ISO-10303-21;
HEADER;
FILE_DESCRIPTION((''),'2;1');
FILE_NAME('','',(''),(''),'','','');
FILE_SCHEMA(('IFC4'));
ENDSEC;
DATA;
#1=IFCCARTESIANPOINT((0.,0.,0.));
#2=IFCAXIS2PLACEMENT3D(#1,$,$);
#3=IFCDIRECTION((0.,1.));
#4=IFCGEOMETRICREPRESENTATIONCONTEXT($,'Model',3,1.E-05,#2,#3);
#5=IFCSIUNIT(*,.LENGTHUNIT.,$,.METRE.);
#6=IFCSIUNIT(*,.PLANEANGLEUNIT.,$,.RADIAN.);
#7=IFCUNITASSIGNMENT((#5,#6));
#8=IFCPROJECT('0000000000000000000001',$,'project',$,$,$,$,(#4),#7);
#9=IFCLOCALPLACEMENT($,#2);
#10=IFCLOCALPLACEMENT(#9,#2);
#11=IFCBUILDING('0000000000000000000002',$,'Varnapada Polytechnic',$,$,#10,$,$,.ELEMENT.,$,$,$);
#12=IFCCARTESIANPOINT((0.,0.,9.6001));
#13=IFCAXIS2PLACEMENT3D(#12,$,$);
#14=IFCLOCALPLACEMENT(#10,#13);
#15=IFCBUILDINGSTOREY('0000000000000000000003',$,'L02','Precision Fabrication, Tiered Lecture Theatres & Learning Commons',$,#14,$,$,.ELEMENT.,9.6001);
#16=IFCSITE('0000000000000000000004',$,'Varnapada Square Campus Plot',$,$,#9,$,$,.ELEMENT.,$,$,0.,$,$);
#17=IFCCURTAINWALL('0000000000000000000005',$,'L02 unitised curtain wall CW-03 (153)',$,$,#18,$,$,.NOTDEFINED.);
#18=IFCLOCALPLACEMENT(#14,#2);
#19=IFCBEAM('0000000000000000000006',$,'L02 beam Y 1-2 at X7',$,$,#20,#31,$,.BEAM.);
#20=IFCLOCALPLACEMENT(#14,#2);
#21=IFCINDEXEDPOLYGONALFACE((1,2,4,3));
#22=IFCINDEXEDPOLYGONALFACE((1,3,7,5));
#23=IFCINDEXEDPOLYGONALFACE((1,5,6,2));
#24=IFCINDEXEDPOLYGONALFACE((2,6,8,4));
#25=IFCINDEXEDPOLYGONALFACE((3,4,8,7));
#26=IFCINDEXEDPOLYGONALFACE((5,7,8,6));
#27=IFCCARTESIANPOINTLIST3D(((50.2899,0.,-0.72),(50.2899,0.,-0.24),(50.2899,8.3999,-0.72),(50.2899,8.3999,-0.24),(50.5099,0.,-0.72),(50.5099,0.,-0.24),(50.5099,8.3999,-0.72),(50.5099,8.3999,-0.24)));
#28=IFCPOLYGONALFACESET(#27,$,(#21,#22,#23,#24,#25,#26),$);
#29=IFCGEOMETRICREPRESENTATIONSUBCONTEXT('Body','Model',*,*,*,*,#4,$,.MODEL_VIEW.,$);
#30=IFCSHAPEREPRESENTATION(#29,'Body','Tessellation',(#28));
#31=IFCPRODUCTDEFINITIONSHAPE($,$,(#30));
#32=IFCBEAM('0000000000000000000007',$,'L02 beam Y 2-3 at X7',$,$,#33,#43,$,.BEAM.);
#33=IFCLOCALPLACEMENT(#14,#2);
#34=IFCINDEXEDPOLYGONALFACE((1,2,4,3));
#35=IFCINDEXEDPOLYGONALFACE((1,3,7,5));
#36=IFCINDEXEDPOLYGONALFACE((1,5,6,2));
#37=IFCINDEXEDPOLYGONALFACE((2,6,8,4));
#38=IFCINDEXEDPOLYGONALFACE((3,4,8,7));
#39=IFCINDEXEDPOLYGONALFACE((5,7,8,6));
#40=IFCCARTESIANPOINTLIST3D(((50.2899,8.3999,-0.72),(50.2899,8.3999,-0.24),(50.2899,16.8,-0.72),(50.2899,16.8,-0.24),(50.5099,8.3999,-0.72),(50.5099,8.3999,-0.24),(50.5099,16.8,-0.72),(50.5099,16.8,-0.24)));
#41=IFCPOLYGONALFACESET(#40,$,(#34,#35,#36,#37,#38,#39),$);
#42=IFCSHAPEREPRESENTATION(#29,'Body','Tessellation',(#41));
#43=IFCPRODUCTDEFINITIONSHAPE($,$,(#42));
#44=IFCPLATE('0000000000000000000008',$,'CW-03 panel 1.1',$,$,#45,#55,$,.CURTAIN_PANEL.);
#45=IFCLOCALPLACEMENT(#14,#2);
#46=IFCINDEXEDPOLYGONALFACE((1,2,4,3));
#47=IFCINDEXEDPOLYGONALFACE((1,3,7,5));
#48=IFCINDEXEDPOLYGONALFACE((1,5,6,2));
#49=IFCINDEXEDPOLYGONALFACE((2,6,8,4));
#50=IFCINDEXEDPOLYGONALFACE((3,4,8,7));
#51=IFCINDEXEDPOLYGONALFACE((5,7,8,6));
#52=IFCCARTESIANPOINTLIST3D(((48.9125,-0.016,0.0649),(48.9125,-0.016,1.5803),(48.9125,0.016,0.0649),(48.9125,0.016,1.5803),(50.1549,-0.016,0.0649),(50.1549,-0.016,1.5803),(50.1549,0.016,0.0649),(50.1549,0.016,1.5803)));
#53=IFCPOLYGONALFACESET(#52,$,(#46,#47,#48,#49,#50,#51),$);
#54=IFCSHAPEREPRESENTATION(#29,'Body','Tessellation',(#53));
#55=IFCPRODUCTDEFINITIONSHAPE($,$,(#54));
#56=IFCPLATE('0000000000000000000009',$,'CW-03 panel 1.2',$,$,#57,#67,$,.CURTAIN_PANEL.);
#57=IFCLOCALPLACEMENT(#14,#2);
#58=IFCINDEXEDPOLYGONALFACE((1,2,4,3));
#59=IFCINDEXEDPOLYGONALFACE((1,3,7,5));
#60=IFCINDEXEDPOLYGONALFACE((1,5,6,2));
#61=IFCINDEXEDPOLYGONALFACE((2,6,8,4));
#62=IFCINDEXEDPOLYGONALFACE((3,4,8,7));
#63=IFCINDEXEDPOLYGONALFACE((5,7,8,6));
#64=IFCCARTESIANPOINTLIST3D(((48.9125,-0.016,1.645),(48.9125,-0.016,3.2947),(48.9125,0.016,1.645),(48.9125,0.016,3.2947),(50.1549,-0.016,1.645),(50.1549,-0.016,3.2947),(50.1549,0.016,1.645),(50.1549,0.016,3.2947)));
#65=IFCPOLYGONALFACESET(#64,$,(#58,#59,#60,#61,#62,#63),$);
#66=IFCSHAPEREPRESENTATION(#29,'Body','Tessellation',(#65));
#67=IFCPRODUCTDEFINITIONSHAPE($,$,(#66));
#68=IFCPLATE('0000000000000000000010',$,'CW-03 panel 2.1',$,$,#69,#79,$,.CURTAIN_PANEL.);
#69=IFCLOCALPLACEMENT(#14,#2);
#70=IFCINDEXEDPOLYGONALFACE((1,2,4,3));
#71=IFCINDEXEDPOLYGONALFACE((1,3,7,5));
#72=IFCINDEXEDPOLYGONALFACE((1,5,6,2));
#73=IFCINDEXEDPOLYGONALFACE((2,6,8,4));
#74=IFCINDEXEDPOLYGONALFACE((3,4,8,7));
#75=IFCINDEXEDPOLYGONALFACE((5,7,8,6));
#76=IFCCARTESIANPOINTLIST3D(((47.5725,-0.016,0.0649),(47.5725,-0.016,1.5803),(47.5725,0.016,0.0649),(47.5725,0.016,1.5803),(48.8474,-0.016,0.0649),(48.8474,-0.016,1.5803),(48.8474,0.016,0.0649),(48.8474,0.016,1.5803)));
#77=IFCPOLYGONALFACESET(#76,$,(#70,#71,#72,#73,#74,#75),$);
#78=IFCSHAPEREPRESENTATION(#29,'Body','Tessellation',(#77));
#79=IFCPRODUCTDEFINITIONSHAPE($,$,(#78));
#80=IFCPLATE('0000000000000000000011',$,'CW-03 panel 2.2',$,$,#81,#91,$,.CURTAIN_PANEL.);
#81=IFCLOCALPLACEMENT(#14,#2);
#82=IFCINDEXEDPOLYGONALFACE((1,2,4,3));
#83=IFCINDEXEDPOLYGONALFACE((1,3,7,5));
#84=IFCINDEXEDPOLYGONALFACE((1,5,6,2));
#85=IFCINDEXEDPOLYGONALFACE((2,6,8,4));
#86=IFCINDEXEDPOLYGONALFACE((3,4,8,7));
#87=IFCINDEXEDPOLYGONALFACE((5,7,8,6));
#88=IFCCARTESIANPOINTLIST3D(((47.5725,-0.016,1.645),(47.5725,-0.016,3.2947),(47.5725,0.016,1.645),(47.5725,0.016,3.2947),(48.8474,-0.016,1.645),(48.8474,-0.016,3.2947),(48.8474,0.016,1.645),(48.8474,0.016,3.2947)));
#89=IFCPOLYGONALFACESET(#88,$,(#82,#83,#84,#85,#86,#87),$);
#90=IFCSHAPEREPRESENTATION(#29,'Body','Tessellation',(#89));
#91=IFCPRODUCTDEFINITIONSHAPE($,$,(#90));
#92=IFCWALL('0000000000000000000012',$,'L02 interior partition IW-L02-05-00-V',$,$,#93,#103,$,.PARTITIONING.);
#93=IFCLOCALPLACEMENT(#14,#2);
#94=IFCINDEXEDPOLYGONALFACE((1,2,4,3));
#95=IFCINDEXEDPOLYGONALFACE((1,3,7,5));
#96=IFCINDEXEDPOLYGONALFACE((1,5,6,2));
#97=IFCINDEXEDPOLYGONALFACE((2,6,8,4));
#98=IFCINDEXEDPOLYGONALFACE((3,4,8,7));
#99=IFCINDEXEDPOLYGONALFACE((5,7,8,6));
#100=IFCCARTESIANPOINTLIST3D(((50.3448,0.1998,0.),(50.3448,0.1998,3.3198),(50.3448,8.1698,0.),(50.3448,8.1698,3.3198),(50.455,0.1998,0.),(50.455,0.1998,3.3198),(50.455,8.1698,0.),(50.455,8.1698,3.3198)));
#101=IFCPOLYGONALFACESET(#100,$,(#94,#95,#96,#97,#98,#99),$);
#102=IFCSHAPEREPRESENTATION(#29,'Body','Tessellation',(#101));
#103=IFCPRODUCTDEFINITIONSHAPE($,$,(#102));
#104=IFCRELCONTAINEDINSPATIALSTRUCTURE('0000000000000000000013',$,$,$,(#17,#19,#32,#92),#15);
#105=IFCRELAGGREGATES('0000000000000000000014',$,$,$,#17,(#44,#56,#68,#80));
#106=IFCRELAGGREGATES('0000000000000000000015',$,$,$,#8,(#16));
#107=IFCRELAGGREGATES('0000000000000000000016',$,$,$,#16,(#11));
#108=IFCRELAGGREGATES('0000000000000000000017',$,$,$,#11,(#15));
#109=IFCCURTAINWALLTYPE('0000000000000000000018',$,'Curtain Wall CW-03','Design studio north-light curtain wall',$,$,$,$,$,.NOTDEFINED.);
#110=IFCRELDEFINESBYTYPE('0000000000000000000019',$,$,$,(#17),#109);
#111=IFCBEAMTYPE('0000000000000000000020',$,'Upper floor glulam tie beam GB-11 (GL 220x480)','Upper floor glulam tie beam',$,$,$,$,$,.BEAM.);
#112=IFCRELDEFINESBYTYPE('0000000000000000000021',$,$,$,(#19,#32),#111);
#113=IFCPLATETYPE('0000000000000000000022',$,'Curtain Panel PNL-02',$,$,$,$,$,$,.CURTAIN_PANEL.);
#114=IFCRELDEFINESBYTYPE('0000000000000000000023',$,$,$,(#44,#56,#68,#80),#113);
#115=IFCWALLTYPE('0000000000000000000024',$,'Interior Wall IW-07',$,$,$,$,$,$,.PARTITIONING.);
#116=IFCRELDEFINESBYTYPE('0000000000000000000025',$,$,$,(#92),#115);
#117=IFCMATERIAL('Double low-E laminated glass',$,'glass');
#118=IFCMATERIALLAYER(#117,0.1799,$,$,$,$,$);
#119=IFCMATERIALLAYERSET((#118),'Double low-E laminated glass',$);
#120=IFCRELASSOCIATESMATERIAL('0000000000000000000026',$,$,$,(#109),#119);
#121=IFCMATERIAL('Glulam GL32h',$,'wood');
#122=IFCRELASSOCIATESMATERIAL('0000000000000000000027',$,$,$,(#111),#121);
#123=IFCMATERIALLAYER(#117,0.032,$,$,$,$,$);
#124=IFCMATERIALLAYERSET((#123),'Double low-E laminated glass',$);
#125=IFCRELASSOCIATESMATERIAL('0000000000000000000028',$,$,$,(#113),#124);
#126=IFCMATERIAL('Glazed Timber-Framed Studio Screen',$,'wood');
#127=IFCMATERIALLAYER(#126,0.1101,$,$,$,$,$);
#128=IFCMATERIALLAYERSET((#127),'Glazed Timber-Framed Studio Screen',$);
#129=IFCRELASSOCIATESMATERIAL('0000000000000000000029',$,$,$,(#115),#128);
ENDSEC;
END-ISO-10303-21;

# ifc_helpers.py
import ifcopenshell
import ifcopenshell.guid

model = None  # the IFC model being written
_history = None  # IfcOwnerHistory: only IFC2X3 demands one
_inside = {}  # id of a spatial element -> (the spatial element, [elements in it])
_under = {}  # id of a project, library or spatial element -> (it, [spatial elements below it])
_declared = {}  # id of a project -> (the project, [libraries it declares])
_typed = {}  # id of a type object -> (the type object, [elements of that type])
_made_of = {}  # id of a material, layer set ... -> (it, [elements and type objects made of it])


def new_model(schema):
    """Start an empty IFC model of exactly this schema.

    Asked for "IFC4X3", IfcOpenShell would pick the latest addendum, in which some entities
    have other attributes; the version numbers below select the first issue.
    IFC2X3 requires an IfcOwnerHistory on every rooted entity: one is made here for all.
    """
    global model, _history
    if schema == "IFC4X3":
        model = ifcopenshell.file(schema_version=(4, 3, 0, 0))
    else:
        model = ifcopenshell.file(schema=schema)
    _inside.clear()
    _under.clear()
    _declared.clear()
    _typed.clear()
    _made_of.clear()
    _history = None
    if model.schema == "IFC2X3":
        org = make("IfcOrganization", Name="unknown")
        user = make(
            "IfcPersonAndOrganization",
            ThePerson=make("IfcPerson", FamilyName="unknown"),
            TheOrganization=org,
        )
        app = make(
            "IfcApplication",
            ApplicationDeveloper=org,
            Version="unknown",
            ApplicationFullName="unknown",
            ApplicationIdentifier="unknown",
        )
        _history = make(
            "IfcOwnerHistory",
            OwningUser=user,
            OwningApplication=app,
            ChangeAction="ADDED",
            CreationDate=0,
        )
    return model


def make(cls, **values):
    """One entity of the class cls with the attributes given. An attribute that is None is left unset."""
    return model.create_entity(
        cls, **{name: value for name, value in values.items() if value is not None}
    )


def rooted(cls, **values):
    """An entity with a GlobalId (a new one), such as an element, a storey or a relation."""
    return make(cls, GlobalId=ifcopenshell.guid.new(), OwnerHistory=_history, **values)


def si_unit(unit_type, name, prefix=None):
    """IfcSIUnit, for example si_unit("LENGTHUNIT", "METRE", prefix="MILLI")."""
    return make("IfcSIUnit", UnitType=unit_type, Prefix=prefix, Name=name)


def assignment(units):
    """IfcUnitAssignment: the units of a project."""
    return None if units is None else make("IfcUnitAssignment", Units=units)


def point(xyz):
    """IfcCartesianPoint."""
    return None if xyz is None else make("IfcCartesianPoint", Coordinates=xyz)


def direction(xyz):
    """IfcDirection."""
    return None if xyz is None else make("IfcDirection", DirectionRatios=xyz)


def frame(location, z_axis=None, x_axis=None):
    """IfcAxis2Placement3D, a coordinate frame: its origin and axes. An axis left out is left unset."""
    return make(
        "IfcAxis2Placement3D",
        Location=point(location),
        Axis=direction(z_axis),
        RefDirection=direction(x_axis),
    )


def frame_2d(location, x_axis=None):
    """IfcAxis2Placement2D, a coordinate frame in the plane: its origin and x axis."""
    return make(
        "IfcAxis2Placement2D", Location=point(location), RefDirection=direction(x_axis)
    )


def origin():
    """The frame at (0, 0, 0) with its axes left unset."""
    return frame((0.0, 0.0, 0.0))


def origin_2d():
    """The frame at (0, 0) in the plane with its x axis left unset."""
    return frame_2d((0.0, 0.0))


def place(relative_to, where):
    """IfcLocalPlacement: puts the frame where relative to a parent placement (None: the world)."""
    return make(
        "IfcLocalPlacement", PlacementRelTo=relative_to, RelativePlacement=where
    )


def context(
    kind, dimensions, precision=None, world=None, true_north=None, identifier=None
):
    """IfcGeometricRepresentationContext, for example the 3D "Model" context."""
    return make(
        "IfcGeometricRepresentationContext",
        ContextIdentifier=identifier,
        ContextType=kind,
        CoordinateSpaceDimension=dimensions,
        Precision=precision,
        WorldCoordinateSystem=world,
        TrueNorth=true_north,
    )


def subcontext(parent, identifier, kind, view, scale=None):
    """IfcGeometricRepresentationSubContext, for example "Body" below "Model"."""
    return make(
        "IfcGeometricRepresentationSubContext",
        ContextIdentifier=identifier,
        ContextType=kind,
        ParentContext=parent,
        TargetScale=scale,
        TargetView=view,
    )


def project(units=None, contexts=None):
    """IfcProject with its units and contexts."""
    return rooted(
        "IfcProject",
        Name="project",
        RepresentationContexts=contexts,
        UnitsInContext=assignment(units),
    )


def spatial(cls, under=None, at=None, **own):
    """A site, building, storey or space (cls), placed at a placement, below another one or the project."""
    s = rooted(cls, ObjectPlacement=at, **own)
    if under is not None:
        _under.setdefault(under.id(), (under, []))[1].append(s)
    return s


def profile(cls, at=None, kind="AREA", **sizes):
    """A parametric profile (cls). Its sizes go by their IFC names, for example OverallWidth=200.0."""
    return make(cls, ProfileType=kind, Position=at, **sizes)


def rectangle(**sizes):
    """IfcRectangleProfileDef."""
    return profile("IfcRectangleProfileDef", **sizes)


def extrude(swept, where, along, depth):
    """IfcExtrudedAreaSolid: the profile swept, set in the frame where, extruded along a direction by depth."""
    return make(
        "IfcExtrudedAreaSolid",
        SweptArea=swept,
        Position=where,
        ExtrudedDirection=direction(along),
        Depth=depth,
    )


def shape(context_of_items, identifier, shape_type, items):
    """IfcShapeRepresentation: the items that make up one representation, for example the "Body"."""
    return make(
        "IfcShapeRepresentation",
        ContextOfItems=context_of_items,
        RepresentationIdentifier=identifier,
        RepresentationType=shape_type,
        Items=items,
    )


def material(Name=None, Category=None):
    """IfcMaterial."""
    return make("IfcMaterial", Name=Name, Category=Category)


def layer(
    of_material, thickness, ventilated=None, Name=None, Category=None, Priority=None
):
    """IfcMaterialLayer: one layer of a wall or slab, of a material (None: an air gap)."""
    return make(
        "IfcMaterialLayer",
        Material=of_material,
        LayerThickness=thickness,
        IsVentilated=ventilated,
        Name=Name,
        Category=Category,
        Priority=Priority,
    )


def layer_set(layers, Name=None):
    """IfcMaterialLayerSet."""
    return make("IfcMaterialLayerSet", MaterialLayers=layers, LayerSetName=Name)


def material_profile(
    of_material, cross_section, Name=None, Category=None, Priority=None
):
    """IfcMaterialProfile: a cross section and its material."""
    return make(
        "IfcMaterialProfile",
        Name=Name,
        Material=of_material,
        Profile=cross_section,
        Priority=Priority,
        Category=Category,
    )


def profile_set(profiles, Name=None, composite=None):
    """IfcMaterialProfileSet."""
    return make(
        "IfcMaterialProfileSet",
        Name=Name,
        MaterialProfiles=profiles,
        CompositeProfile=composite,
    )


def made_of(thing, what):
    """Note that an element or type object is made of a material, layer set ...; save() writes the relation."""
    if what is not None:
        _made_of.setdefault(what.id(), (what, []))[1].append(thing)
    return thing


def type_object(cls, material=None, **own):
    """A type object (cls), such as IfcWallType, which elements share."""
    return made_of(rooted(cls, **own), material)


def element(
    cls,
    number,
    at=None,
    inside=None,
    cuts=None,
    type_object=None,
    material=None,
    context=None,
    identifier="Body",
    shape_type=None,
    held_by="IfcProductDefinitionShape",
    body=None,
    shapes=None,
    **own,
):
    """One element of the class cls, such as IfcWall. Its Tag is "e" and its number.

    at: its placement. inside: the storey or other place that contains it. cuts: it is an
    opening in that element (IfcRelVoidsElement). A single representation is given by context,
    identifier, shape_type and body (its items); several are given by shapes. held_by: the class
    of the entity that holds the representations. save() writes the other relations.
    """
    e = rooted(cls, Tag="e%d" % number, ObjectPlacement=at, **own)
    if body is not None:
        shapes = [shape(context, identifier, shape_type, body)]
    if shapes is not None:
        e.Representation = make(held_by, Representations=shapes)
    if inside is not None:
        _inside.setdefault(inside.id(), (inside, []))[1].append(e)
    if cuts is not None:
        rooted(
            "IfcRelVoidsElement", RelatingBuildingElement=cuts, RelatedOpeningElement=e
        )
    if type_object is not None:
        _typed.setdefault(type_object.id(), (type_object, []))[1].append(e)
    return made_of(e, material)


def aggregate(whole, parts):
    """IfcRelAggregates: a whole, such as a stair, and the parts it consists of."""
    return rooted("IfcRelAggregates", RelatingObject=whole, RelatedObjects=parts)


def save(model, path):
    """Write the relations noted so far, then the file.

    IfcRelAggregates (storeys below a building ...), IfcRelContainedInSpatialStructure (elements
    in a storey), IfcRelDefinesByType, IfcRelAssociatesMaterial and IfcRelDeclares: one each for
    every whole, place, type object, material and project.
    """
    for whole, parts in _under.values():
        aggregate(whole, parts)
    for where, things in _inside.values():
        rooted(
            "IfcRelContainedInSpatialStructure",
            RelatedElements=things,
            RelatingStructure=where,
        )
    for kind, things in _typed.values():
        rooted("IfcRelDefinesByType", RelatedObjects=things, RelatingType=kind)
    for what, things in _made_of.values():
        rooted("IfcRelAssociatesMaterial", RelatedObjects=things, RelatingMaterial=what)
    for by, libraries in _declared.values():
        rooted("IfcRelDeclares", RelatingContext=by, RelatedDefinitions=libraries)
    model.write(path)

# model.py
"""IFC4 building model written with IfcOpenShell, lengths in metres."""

from ifc_helpers import new_model, si_unit, direction, frame, frame_2d, origin, origin_2d, place, context, subcontext, project, spatial, rectangle, extrude, material, layer, layer_set, material_profile, profile_set, type_object, element, aggregate, save


model = new_model("IFC4")

# Units and contexts
model_context = context("Model", 3, precision=1e-05, world=origin(), true_north=direction((0.0, 1.0)))
body_context = subcontext(model_context, "Body", "Model", "MODEL_VIEW")
ifc_project = project(units=[si_unit("LENGTHUNIT", "METRE"), si_unit("PLANEANGLEUNIT", "RADIAN")], contexts=[model_context])

# Site, building, storey
site_placement = place(None, origin())
site = spatial("IfcSite", under=ifc_project, at=site_placement, Name="Varnapada Square Campus Plot", CompositionType="ELEMENT", RefElevation=0.0)
building_placement = place(site_placement, origin())
building = spatial("IfcBuilding", under=site, at=building_placement, Name="Varnapada Polytechnic", CompositionType="ELEMENT")
storey_placement = place(building_placement, frame((0.0, 0.0, 9.6001)))
storey = spatial("IfcBuildingStorey", under=building, at=storey_placement, Name="L02", Description="Precision Fabrication, Tiered Lecture Theatres & Learning Commons", CompositionType="ELEMENT", Elevation=9.6001)

# Shared definitions
ifc_material_1 = material(Name="Glulam GL32h", Category="wood")

# Curtain wall
ifc_material_2 = material(Name="Double low-E laminated glass", Category="glass")
ifc_layer_1 = layer(ifc_material_2, 0.1799)
ifc_layer_set_1 = layer_set([ifc_layer_1], Name="Double low-E laminated glass")
curtain_wall_type = type_object("IfcCurtainWallType", Name="Curtain Wall CW-03", Description="Design studio north-light curtain wall", PredefinedType="NOTDEFINED", material=ifc_layer_set_1)
curtain_wall_placement = place(storey_placement, origin())
curtain_wall = element("IfcCurtainWall", 1, at=curtain_wall_placement, inside=storey, type_object=curtain_wall_type, Name="L02 unitised curtain wall CW-03 (153)", PredefinedType="NOTDEFINED")

# Beams
ifc_material_profile_1 = material_profile(ifc_material_1, rectangle(XDim=0.22, YDim=0.48, at=origin_2d()), Name="GL 220x480")
ifc_profile_set_1 = profile_set([ifc_material_profile_1], Name="Glulam GL32h")
beam_type_1 = type_object("IfcBeamType", Name="Upper floor glulam tie beam GB-11 (GL 220x480)", Description="Upper floor glulam tie beam", PredefinedType="BEAM", material=ifc_profile_set_1)
beam_1_placement = place(storey_placement, frame((50.3999, 0.0, -0.48), z_axis=(0.0, 1.0, 0.0), x_axis=(-1.0, 0.0, 0.0)))
element("IfcBeam", 2, at=beam_1_placement, inside=storey, type_object=beam_type_1, Name="L02 beam Y 1-2 at X7", PredefinedType="BEAM", context=body_context, shape_type="SweptSolid", body=[
    extrude(rectangle(XDim=0.22, YDim=0.48, at=origin_2d()), origin(), (0.0, 0.0, 1.0), 8.3999),
])
beam_2_placement = place(storey_placement, frame((50.3999, 8.3999, -0.48), z_axis=(0.0, 1.0, 0.0), x_axis=(-1.0, 0.0, 0.0)))
element("IfcBeam", 3, at=beam_2_placement, inside=storey, type_object=beam_type_1, Name="L02 beam Y 2-3 at X7", PredefinedType="BEAM", context=body_context, shape_type="SweptSolid", body=[
    extrude(rectangle(XDim=0.22, YDim=0.48, at=origin_2d()), origin(), (0.0, 0.0, 1.0), 8.4001),
])

# Plates
ifc_layer_2 = layer(ifc_material_2, 0.032)
ifc_layer_set_2 = layer_set([ifc_layer_2], Name="Double low-E laminated glass")
plate_type = type_object("IfcPlateType", Name="Curtain Panel PNL-02", PredefinedType="CURTAIN_PANEL", material=ifc_layer_set_2)
plate_1_placement = place(storey_placement, frame((49.5337, 0.0, 0.0649), z_axis=(0.0, 0.0, 1.0), x_axis=(-1.0, 0.0, 0.0)))
plate_1 = element("IfcPlate", 4, at=plate_1_placement, type_object=plate_type, Name="CW-03 panel 1.1", PredefinedType="CURTAIN_PANEL", context=body_context, shape_type="SweptSolid", body=[
    extrude(rectangle(XDim=1.2424, YDim=0.032, at=origin_2d()), origin(), (0.0, 0.0, 1.0), 1.5154),
])
plate_2_placement = place(storey_placement, frame((49.5337, 0.0, 1.645), z_axis=(0.0, 0.0, 1.0), x_axis=(-1.0, 0.0, 0.0)))
plate_2 = element("IfcPlate", 5, at=plate_2_placement, type_object=plate_type, Name="CW-03 panel 1.2", PredefinedType="CURTAIN_PANEL", context=body_context, shape_type="SweptSolid", body=[
    extrude(rectangle(XDim=1.2424, YDim=0.032, at=origin_2d()), origin(), (0.0, 0.0, 1.0), 1.6497),
])
plate_3_placement = place(storey_placement, frame((48.21, 0.0, 0.0649), z_axis=(0.0, 0.0, 1.0), x_axis=(-1.0, 0.0, 0.0)))
plate_3 = element("IfcPlate", 6, at=plate_3_placement, type_object=plate_type, Name="CW-03 panel 2.1", PredefinedType="CURTAIN_PANEL", context=body_context, shape_type="SweptSolid", body=[
    extrude(rectangle(XDim=1.2749, YDim=0.032, at=origin_2d()), origin(), (0.0, 0.0, 1.0), 1.5154),
])
plate_4_placement = place(storey_placement, frame((48.21, 0.0, 1.645), z_axis=(0.0, 0.0, 1.0), x_axis=(-1.0, 0.0, 0.0)))
plate_4 = element("IfcPlate", 7, at=plate_4_placement, type_object=plate_type, Name="CW-03 panel 2.2", PredefinedType="CURTAIN_PANEL", context=body_context, shape_type="SweptSolid", body=[
    extrude(rectangle(XDim=1.2749, YDim=0.032, at=origin_2d()), origin(), (0.0, 0.0, 1.0), 1.6497),
])
aggregate(curtain_wall, [plate_1, plate_2, plate_3, plate_4])

# Wall
ifc_material_3 = material(Name="Glazed Timber-Framed Studio Screen", Category="wood")
ifc_layer_3 = layer(ifc_material_3, 0.1101)
ifc_layer_set_3 = layer_set([ifc_layer_3], Name="Glazed Timber-Framed Studio Screen")
wall_type = type_object("IfcWallType", Name="Interior Wall IW-07", PredefinedType="PARTITIONING", material=ifc_layer_set_3)
wall_placement = place(storey_placement, frame((50.3999, 0.2, 0.0), z_axis=(0.0, 0.0, 1.0), x_axis=(0.0, 1.0, 0.0)))
element("IfcWall", 8, at=wall_placement, inside=storey, type_object=wall_type, Name="L02 interior partition IW-L02-05-00-V", PredefinedType="PARTITIONING", context=body_context, shape_type="SweptSolid", body=[
    extrude(rectangle(XDim=7.97, YDim=0.1101, at=frame_2d((3.9849, 0.0))), origin(), (0.0, 0.0, 1.0), 3.3198),
])

save(model, "model.ifc")
